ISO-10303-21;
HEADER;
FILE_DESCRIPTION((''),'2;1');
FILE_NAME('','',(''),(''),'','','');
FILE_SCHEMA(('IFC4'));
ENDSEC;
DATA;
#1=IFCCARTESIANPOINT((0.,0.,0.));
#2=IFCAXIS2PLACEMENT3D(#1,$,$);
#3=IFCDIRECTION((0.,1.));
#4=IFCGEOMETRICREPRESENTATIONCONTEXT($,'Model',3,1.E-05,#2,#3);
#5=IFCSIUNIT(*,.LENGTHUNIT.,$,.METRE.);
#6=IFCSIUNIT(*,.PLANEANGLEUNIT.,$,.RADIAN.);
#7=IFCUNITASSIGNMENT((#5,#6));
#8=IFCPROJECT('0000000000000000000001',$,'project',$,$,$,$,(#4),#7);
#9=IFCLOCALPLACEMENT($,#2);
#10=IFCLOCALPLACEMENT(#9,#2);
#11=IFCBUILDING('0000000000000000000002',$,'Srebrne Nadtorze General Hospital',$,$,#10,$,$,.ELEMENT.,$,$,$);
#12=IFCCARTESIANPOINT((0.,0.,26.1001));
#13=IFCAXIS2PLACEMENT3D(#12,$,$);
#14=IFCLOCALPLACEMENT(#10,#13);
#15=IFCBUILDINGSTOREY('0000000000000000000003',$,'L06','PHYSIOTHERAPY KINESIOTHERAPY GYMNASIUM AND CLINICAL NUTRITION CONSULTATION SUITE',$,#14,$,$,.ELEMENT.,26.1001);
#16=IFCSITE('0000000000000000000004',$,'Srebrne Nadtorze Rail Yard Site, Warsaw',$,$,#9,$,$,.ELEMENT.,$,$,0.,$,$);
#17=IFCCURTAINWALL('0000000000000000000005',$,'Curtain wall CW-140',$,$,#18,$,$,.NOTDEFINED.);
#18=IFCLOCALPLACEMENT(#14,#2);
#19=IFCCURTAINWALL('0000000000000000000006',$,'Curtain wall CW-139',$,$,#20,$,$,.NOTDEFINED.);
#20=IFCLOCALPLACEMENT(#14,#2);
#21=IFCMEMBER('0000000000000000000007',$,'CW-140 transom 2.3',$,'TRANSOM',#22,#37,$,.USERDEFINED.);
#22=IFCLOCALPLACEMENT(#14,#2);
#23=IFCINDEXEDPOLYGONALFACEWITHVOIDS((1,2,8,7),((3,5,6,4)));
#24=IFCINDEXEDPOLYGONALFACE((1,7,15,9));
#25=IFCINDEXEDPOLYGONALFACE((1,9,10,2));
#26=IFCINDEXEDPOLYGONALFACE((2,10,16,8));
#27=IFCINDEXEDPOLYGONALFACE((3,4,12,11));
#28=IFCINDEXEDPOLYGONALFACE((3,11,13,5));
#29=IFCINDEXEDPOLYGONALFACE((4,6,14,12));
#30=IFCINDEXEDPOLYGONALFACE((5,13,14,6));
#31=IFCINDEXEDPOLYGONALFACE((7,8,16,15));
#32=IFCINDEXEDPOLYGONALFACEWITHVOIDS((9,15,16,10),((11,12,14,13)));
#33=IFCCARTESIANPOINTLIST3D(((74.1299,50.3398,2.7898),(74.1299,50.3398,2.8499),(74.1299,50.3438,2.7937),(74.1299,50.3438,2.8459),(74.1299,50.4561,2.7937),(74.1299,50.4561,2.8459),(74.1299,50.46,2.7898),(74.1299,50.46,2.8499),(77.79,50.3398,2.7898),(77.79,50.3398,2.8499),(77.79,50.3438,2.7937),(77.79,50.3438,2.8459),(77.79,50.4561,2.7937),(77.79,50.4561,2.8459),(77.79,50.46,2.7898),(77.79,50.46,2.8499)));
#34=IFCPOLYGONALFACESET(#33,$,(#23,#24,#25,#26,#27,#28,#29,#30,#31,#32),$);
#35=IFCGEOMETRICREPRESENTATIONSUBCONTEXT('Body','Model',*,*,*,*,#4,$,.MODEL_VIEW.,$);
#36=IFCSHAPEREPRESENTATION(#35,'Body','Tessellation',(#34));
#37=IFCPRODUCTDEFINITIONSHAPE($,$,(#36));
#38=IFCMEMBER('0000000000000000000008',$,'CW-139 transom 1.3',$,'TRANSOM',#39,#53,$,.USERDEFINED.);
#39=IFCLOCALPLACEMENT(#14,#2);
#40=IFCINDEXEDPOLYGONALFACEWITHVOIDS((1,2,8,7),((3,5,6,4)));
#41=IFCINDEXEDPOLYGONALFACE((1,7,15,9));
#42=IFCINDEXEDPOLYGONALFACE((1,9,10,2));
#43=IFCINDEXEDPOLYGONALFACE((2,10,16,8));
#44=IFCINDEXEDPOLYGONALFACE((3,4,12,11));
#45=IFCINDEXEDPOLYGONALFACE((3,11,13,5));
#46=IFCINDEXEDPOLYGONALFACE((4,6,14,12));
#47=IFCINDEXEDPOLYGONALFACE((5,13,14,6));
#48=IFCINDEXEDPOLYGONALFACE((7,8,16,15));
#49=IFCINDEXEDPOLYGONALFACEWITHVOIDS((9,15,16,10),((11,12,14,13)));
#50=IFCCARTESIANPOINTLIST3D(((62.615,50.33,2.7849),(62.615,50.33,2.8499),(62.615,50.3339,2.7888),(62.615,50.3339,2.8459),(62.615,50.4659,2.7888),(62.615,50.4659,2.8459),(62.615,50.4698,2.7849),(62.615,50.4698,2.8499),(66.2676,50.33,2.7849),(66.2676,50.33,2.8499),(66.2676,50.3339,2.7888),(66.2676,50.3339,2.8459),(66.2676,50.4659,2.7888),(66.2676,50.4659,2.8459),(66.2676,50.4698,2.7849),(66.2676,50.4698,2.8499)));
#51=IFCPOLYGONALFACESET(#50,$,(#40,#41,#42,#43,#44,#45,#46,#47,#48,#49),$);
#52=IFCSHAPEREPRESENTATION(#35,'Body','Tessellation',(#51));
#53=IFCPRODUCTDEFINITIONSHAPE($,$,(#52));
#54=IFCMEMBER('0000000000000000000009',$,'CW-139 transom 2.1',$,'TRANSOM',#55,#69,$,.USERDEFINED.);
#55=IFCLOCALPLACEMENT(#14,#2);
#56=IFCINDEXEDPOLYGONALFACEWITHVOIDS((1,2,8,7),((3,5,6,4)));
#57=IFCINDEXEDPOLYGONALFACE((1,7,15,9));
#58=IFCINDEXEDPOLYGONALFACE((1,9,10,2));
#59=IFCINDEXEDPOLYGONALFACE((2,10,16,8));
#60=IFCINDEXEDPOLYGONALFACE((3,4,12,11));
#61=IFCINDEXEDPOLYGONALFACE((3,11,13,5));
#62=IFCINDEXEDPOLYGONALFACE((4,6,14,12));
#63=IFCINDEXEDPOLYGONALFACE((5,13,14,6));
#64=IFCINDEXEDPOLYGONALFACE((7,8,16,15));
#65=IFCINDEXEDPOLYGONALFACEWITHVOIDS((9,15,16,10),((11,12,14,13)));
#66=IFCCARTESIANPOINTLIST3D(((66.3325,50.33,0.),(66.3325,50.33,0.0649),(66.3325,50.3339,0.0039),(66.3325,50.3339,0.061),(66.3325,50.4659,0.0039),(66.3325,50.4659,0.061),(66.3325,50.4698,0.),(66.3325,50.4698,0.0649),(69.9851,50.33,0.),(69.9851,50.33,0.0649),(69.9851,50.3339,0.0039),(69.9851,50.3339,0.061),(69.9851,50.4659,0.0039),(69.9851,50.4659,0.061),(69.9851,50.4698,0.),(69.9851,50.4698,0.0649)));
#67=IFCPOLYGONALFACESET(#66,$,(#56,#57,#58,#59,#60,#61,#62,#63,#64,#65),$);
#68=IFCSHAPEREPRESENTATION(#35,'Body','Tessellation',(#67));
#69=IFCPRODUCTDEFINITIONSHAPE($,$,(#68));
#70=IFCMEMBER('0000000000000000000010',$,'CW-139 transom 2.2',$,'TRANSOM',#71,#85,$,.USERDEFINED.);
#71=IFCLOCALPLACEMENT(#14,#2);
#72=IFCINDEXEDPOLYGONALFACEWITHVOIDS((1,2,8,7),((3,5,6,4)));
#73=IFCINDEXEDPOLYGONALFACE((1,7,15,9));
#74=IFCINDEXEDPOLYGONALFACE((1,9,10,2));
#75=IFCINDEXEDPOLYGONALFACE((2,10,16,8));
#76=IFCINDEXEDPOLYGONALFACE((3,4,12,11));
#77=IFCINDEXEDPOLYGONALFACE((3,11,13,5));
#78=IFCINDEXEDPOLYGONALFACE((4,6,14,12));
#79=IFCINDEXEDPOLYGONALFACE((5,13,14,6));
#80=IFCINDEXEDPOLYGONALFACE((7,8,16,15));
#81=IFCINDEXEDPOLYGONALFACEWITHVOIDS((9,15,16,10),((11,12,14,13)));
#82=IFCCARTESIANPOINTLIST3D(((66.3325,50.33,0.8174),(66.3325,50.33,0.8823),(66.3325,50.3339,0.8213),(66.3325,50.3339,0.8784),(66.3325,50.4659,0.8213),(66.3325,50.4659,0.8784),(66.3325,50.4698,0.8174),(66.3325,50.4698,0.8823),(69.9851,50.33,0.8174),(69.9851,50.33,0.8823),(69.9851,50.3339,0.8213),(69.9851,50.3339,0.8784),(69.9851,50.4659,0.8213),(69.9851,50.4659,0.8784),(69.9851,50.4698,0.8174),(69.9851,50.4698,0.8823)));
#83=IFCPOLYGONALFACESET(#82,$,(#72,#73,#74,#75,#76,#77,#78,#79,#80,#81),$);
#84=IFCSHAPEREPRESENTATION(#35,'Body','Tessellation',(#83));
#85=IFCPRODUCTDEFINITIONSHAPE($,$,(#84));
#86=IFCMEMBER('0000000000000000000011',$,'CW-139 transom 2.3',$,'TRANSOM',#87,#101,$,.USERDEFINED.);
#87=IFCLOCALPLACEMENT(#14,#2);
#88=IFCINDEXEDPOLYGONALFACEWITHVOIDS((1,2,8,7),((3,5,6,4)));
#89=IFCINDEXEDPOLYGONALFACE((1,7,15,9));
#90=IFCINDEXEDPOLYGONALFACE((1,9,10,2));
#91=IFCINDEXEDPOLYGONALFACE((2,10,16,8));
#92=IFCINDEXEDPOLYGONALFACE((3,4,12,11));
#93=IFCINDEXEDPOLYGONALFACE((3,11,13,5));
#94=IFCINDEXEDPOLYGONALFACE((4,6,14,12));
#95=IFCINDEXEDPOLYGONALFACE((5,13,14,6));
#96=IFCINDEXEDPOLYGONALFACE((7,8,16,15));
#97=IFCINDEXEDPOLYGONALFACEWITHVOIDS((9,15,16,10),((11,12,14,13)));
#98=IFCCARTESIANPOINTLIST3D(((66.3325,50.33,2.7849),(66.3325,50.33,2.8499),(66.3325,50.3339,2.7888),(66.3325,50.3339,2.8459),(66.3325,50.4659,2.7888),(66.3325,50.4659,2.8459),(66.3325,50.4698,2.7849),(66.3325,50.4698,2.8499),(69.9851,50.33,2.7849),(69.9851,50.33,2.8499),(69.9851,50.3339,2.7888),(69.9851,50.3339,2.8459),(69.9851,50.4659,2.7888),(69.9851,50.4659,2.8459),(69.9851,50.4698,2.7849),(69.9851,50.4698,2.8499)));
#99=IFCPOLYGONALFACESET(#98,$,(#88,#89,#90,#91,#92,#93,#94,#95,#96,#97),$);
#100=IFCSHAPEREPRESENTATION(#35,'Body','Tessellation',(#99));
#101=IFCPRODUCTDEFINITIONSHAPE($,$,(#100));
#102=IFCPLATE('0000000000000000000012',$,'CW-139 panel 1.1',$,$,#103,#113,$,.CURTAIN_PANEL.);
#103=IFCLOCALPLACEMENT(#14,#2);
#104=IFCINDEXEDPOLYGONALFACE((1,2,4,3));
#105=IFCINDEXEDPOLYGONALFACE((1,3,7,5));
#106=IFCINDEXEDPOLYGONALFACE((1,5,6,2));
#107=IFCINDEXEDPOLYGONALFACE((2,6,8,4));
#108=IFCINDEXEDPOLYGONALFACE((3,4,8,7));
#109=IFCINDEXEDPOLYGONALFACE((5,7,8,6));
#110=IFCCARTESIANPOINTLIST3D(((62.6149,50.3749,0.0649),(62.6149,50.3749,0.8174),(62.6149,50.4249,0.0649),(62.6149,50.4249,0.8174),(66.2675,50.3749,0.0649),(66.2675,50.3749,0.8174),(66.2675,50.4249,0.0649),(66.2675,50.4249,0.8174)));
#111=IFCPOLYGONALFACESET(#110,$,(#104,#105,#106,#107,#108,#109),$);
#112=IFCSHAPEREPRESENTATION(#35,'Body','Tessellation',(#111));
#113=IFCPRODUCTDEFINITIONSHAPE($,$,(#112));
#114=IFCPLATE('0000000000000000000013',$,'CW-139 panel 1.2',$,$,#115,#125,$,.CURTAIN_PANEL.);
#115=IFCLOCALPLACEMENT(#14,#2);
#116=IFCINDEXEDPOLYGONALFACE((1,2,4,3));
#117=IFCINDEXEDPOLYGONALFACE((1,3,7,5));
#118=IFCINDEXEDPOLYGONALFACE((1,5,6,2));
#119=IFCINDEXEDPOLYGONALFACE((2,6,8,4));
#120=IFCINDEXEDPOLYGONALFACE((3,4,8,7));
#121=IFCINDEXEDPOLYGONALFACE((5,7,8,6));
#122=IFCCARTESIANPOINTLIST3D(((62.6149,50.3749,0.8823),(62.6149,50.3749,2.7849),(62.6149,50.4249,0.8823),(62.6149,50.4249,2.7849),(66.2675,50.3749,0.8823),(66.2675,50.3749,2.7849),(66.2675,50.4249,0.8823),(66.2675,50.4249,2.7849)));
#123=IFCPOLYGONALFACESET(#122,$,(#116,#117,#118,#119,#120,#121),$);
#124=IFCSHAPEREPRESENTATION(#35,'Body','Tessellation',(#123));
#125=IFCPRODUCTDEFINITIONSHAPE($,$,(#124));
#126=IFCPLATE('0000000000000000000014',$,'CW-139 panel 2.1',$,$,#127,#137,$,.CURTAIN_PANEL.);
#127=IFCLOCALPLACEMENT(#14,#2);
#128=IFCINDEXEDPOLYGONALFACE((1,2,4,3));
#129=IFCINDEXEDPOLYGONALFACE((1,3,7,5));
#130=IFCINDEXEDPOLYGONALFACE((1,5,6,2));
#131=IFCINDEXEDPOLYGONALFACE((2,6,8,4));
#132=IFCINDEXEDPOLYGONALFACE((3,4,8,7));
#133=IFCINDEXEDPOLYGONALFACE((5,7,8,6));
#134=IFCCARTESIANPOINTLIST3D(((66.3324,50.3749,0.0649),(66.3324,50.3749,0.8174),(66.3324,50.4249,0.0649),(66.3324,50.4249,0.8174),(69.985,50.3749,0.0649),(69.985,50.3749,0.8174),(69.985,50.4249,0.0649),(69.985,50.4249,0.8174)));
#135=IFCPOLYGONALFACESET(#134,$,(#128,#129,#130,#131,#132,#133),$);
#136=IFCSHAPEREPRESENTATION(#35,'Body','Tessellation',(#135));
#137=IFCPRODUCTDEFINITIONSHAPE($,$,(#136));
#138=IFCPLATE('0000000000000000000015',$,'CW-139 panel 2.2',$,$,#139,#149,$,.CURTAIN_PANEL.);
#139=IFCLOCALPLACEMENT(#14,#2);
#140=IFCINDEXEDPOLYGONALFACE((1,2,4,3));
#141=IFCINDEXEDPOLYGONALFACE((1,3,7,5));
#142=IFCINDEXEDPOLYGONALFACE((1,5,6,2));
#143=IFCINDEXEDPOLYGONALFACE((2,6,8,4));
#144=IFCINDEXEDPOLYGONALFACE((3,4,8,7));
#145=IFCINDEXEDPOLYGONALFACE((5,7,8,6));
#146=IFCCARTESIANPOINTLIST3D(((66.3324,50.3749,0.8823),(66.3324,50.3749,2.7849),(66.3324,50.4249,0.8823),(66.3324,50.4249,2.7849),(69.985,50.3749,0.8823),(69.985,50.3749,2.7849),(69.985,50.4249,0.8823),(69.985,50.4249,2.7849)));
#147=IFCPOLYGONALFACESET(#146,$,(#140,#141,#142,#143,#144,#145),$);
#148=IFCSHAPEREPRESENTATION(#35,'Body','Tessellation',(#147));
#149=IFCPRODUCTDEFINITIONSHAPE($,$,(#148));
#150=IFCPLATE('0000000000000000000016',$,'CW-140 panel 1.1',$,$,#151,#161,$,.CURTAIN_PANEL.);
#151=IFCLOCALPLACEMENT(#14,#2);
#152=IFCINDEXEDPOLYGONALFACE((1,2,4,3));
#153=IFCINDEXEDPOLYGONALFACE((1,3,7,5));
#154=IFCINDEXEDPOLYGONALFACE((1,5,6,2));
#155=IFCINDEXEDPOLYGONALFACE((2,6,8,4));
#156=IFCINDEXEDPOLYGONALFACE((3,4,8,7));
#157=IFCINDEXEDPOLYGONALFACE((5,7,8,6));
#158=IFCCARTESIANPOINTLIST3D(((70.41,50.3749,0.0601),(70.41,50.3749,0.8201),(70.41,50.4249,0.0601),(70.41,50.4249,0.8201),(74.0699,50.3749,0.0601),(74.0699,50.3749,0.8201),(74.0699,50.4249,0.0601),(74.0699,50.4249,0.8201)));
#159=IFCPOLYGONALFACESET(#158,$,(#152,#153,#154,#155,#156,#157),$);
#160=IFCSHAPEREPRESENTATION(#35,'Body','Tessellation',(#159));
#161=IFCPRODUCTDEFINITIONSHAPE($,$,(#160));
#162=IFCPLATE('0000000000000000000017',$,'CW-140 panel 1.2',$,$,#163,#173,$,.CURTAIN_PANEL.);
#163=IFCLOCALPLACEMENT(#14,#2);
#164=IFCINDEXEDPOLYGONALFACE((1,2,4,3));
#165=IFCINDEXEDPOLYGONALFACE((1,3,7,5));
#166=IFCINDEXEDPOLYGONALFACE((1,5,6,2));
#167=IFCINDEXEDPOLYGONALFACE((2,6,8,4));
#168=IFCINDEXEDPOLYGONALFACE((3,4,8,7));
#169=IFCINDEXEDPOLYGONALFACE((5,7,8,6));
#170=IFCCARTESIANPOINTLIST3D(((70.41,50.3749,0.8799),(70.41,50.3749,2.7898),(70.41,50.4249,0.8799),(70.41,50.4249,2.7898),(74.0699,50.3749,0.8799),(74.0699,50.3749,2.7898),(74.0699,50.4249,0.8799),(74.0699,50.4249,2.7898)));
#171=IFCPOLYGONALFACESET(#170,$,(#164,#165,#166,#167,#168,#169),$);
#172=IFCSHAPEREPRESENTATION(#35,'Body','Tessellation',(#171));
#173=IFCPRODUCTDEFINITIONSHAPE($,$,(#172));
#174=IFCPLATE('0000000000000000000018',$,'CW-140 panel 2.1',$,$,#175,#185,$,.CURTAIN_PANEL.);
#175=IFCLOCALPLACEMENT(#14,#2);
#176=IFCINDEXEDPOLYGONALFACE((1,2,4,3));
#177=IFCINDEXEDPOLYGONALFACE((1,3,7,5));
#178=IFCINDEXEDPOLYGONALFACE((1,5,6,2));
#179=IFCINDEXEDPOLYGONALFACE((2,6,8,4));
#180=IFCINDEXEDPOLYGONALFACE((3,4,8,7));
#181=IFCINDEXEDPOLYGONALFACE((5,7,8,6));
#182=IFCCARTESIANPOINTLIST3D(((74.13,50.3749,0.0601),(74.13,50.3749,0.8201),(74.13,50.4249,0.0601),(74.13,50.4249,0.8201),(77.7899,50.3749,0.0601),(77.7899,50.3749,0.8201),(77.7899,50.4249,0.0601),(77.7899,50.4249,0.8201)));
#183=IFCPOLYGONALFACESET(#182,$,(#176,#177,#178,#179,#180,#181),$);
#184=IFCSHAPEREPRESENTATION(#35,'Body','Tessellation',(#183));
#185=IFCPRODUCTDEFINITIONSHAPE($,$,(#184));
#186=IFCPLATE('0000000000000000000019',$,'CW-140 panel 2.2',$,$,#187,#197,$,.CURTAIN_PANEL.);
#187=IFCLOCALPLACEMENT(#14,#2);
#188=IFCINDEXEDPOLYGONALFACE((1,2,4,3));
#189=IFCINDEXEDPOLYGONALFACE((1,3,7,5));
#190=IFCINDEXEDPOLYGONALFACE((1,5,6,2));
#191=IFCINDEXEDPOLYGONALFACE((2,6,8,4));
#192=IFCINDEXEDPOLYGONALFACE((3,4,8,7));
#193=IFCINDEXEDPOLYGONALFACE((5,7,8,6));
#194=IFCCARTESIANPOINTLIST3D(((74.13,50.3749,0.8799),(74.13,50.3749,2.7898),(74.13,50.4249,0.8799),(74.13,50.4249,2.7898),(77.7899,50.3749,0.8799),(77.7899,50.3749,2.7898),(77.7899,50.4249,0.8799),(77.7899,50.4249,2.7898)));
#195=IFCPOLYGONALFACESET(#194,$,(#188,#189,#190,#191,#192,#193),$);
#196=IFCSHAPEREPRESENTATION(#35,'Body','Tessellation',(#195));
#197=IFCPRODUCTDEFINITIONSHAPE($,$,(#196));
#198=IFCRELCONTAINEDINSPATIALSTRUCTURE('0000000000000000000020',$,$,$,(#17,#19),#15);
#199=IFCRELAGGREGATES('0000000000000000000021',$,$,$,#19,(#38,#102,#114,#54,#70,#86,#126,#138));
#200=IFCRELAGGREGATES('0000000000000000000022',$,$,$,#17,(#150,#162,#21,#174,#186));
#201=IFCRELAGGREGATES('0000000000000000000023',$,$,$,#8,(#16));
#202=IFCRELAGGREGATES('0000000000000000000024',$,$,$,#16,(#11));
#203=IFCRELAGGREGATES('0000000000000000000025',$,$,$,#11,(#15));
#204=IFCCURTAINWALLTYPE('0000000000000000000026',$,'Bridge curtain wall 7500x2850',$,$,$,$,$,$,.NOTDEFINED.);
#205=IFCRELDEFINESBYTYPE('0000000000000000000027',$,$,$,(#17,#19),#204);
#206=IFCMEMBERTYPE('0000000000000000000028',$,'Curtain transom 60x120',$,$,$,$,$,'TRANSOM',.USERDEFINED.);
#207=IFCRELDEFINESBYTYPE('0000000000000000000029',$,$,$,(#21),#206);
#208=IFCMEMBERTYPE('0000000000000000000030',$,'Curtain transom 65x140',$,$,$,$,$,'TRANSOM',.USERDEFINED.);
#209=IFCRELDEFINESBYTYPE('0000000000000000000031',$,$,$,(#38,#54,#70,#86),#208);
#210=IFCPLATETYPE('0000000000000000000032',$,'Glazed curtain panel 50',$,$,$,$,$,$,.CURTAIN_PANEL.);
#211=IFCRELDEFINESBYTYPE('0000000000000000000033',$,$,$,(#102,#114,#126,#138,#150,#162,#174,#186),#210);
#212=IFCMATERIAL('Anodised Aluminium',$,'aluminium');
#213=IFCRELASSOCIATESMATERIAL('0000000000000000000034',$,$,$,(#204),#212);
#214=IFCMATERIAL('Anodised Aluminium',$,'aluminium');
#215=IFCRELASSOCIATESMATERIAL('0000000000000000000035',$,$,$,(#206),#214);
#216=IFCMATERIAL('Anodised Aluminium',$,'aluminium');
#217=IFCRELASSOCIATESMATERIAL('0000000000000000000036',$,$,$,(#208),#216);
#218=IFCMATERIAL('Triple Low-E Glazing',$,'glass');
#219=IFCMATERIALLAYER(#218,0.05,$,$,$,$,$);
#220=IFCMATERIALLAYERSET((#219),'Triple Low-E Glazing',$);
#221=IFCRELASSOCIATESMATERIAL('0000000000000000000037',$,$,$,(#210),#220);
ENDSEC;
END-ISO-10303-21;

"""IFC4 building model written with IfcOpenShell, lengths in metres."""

from ifc_helpers import new_model, si_unit, direction, frame, origin, origin_2d, place, context, subcontext, project, spatial, rectangle, hollow_rectangle, extrude, material, layer, layer_set, material_profile, profile_set, type_object, element, aggregate, save


model = new_model("IFC4")

# Units and contexts
model_context = context("Model", 3, precision=1e-05, world=origin(), true_north=direction((0.0, 1.0)))
body_context = subcontext(model_context, "Body", "Model", "MODEL_VIEW")
ifc_project = project(units=[si_unit("LENGTHUNIT", "METRE"), si_unit("PLANEANGLEUNIT", "RADIAN")], contexts=[model_context])

# Site, building, storey
site_placement = place(None, origin())
site = spatial("IfcSite", under=ifc_project, at=site_placement, Name="Srebrne Nadtorze Rail Yard Site, Warsaw", CompositionType="ELEMENT", RefElevation=0.0)
building_placement = place(site_placement, origin())
building = spatial("IfcBuilding", under=site, at=building_placement, Name="Srebrne Nadtorze General Hospital", CompositionType="ELEMENT")
storey_placement = place(building_placement, frame((0.0, 0.0, 26.1001)))
storey = spatial("IfcBuildingStorey", under=building, at=storey_placement, Name="L06", Description="PHYSIOTHERAPY KINESIOTHERAPY GYMNASIUM AND CLINICAL NUTRITION CONSULTATION SUITE", CompositionType="ELEMENT", Elevation=26.1001)

# Curtain walls
ifc_material_1 = material(Name="Anodised Aluminium", Category="aluminium")
curtain_wall_type = type_object("IfcCurtainWallType", Name="Bridge curtain wall 7500x2850", PredefinedType="NOTDEFINED", material=ifc_material_1)
curtain_wall_1_placement = place(storey_placement, origin())
curtain_wall_1 = element("IfcCurtainWall", 1, at=curtain_wall_1_placement, inside=storey, type_object=curtain_wall_type, Name="Curtain wall CW-140", PredefinedType="NOTDEFINED")
curtain_wall_2_placement = place(storey_placement, origin())
curtain_wall_2 = element("IfcCurtainWall", 2, at=curtain_wall_2_placement, inside=storey, type_object=curtain_wall_type, Name="Curtain wall CW-139", PredefinedType="NOTDEFINED")

# Members
ifc_material_2 = material(Name="Anodised Aluminium", Category="aluminium")
ifc_material_profile_1 = material_profile(ifc_material_2, hollow_rectangle(XDim=0.0601, YDim=0.1201, WallThickness=0.0039, at=origin_2d()), Name="AL-TRN-60x120")
ifc_profile_set_1 = profile_set([ifc_material_profile_1], Name="Anodised Aluminium")
member_type_1 = type_object("IfcMemberType", Name="Curtain transom 60x120", ElementType="TRANSOM", PredefinedType="USERDEFINED", material=ifc_profile_set_1)
member_1_placement = place(storey_placement, frame((74.1299, 50.3999, 2.8198), z_axis=(1.0, 0.0, 0.0), x_axis=(0.0, 0.0, 1.0)))
member_1 = element("IfcMember", 3, at=member_1_placement, type_object=member_type_1, Name="CW-140 transom 2.3", ObjectType="TRANSOM", PredefinedType="USERDEFINED", context=body_context, shape_type="SweptSolid", body=[
    extrude(hollow_rectangle(XDim=0.0601, YDim=0.1201, WallThickness=0.0039, at=origin_2d()), origin(), (0.0, 0.0, 1.0), 3.6602),
])
ifc_material_3 = material(Name="Anodised Aluminium", Category="aluminium")
ifc_material_profile_2 = material_profile(ifc_material_3, hollow_rectangle(XDim=0.0649, YDim=0.1399, WallThickness=0.0039, at=origin_2d()), Name="AL-TRN-65x140")
ifc_profile_set_2 = profile_set([ifc_material_profile_2], Name="Anodised Aluminium")
member_type_2 = type_object("IfcMemberType", Name="Curtain transom 65x140", ElementType="TRANSOM", PredefinedType="USERDEFINED", material=ifc_profile_set_2)
member_2_placement = place(storey_placement, frame((62.615, 50.3999, 2.8174), z_axis=(1.0, 0.0, 0.0), x_axis=(0.0, 0.0, 1.0)))
member_2 = element("IfcMember", 4, at=member_2_placement, type_object=member_type_2, Name="CW-139 transom 1.3", ObjectType="TRANSOM", PredefinedType="USERDEFINED", context=body_context, shape_type="SweptSolid", body=[
    extrude(hollow_rectangle(XDim=0.0649, YDim=0.1399, WallThickness=0.0039, at=origin_2d()), origin(), (0.0, 0.0, 1.0), 3.6526),
])
member_3_placement = place(storey_placement, frame((66.3325, 50.3999, 0.0325), z_axis=(1.0, 0.0, 0.0), x_axis=(0.0, 0.0, 1.0)))
member_3 = element("IfcMember", 5, at=member_3_placement, type_object=member_type_2, Name="CW-139 transom 2.1", ObjectType="TRANSOM", PredefinedType="USERDEFINED", context=body_context, shape_type="SweptSolid", body=[
    extrude(hollow_rectangle(XDim=0.0649, YDim=0.1399, WallThickness=0.0039, at=origin_2d()), origin(), (0.0, 0.0, 1.0), 3.6526),
])
member_4_placement = place(storey_placement, frame((66.3325, 50.3999, 0.8499), z_axis=(1.0, 0.0, 0.0), x_axis=(0.0, 0.0, 1.0)))
member_4 = element("IfcMember", 6, at=member_4_placement, type_object=member_type_2, Name="CW-139 transom 2.2", ObjectType="TRANSOM", PredefinedType="USERDEFINED", context=body_context, shape_type="SweptSolid", body=[
    extrude(hollow_rectangle(XDim=0.0649, YDim=0.1399, WallThickness=0.0039, at=origin_2d()), origin(), (0.0, 0.0, 1.0), 3.6526),
])
member_5_placement = place(storey_placement, frame((66.3325, 50.3999, 2.8174), z_axis=(1.0, 0.0, 0.0), x_axis=(0.0, 0.0, 1.0)))
member_5 = element("IfcMember", 7, at=member_5_placement, type_object=member_type_2, Name="CW-139 transom 2.3", ObjectType="TRANSOM", PredefinedType="USERDEFINED", context=body_context, shape_type="SweptSolid", body=[
    extrude(hollow_rectangle(XDim=0.0649, YDim=0.1399, WallThickness=0.0039, at=origin_2d()), origin(), (0.0, 0.0, 1.0), 3.6526),
])

# Plates
ifc_material_4 = material(Name="Triple Low-E Glazing", Category="glass")
ifc_layer_1 = layer(ifc_material_4, 0.05)
ifc_layer_set_1 = layer_set([ifc_layer_1], Name="Triple Low-E Glazing")
plate_type = type_object("IfcPlateType", Name="Glazed curtain panel 50", PredefinedType="CURTAIN_PANEL", material=ifc_layer_set_1)
plate_1_placement = place(storey_placement, frame((64.4412, 50.3999, 0.0649), z_axis=(0.0, 0.0, 1.0), x_axis=(1.0, 0.0, 0.0)))
plate_1 = element("IfcPlate", 8, at=plate_1_placement, type_object=plate_type, Name="CW-139 panel 1.1", PredefinedType="CURTAIN_PANEL", context=body_context, shape_type="SweptSolid", body=[
    extrude(rectangle(XDim=3.6526, YDim=0.05, at=origin_2d()), origin(), (0.0, 0.0, 1.0), 0.7524),
])
plate_2_placement = place(storey_placement, frame((64.4412, 50.3999, 0.8823), z_axis=(0.0, 0.0, 1.0), x_axis=(1.0, 0.0, 0.0)))
plate_2 = element("IfcPlate", 9, at=plate_2_placement, type_object=plate_type, Name="CW-139 panel 1.2", PredefinedType="CURTAIN_PANEL", context=body_context, shape_type="SweptSolid", body=[
    extrude(rectangle(XDim=3.6526, YDim=0.05, at=origin_2d()), origin(), (0.0, 0.0, 1.0), 1.9026),
])
plate_3_placement = place(storey_placement, frame((68.1587, 50.3999, 0.0649), z_axis=(0.0, 0.0, 1.0), x_axis=(1.0, 0.0, 0.0)))
plate_3 = element("IfcPlate", 10, at=plate_3_placement, type_object=plate_type, Name="CW-139 panel 2.1", PredefinedType="CURTAIN_PANEL", context=body_context, shape_type="SweptSolid", body=[
    extrude(rectangle(XDim=3.6526, YDim=0.05, at=origin_2d()), origin(), (0.0, 0.0, 1.0), 0.7524),
])
plate_4_placement = place(storey_placement, frame((68.1587, 50.3999, 0.8823), z_axis=(0.0, 0.0, 1.0), x_axis=(1.0, 0.0, 0.0)))
plate_4 = element("IfcPlate", 11, at=plate_4_placement, type_object=plate_type, Name="CW-139 panel 2.2", PredefinedType="CURTAIN_PANEL", context=body_context, shape_type="SweptSolid", body=[
    extrude(rectangle(XDim=3.6526, YDim=0.05, at=origin_2d()), origin(), (0.0, 0.0, 1.0), 1.9026),
])
aggregate(curtain_wall_2, [member_2, plate_1, plate_2, member_3, member_4, member_5, plate_3, plate_4])
plate_5_placement = place(storey_placement, frame((72.24, 50.3999, 0.0601), z_axis=(0.0, 0.0, 1.0), x_axis=(1.0, 0.0, 0.0)))
plate_5 = element("IfcPlate", 12, at=plate_5_placement, type_object=plate_type, Name="CW-140 panel 1.1", PredefinedType="CURTAIN_PANEL", context=body_context, shape_type="SweptSolid", body=[
    extrude(rectangle(XDim=3.6599, YDim=0.05, at=origin_2d()), origin(), (0.0, 0.0, 1.0), 0.76),
])
plate_6_placement = place(storey_placement, frame((72.24, 50.3999, 0.8799), z_axis=(0.0, 0.0, 1.0), x_axis=(1.0, 0.0, 0.0)))
plate_6 = element("IfcPlate", 13, at=plate_6_placement, type_object=plate_type, Name="CW-140 panel 1.2", PredefinedType="CURTAIN_PANEL", context=body_context, shape_type="SweptSolid", body=[
    extrude(rectangle(XDim=3.6599, YDim=0.05, at=origin_2d()), origin(), (0.0, 0.0, 1.0), 1.9099),
])
plate_7_placement = place(storey_placement, frame((75.96, 50.3999, 0.0601), z_axis=(0.0, 0.0, 1.0), x_axis=(1.0, 0.0, 0.0)))
plate_7 = element("IfcPlate", 14, at=plate_7_placement, type_object=plate_type, Name="CW-140 panel 2.1", PredefinedType="CURTAIN_PANEL", context=body_context, shape_type="SweptSolid", body=[
    extrude(rectangle(XDim=3.6599, YDim=0.05, at=origin_2d()), origin(), (0.0, 0.0, 1.0), 0.76),
])
plate_8_placement = place(storey_placement, frame((75.96, 50.3999, 0.8799), z_axis=(0.0, 0.0, 1.0), x_axis=(1.0, 0.0, 0.0)))
plate_8 = element("IfcPlate", 15, at=plate_8_placement, type_object=plate_type, Name="CW-140 panel 2.2", PredefinedType="CURTAIN_PANEL", context=body_context, shape_type="SweptSolid", body=[
    extrude(rectangle(XDim=3.6599, YDim=0.05, at=origin_2d()), origin(), (0.0, 0.0, 1.0), 1.9099),
])
aggregate(curtain_wall_1, [plate_5, plate_6, member_1, plate_7, plate_8])

save(model, "model.ifc")
